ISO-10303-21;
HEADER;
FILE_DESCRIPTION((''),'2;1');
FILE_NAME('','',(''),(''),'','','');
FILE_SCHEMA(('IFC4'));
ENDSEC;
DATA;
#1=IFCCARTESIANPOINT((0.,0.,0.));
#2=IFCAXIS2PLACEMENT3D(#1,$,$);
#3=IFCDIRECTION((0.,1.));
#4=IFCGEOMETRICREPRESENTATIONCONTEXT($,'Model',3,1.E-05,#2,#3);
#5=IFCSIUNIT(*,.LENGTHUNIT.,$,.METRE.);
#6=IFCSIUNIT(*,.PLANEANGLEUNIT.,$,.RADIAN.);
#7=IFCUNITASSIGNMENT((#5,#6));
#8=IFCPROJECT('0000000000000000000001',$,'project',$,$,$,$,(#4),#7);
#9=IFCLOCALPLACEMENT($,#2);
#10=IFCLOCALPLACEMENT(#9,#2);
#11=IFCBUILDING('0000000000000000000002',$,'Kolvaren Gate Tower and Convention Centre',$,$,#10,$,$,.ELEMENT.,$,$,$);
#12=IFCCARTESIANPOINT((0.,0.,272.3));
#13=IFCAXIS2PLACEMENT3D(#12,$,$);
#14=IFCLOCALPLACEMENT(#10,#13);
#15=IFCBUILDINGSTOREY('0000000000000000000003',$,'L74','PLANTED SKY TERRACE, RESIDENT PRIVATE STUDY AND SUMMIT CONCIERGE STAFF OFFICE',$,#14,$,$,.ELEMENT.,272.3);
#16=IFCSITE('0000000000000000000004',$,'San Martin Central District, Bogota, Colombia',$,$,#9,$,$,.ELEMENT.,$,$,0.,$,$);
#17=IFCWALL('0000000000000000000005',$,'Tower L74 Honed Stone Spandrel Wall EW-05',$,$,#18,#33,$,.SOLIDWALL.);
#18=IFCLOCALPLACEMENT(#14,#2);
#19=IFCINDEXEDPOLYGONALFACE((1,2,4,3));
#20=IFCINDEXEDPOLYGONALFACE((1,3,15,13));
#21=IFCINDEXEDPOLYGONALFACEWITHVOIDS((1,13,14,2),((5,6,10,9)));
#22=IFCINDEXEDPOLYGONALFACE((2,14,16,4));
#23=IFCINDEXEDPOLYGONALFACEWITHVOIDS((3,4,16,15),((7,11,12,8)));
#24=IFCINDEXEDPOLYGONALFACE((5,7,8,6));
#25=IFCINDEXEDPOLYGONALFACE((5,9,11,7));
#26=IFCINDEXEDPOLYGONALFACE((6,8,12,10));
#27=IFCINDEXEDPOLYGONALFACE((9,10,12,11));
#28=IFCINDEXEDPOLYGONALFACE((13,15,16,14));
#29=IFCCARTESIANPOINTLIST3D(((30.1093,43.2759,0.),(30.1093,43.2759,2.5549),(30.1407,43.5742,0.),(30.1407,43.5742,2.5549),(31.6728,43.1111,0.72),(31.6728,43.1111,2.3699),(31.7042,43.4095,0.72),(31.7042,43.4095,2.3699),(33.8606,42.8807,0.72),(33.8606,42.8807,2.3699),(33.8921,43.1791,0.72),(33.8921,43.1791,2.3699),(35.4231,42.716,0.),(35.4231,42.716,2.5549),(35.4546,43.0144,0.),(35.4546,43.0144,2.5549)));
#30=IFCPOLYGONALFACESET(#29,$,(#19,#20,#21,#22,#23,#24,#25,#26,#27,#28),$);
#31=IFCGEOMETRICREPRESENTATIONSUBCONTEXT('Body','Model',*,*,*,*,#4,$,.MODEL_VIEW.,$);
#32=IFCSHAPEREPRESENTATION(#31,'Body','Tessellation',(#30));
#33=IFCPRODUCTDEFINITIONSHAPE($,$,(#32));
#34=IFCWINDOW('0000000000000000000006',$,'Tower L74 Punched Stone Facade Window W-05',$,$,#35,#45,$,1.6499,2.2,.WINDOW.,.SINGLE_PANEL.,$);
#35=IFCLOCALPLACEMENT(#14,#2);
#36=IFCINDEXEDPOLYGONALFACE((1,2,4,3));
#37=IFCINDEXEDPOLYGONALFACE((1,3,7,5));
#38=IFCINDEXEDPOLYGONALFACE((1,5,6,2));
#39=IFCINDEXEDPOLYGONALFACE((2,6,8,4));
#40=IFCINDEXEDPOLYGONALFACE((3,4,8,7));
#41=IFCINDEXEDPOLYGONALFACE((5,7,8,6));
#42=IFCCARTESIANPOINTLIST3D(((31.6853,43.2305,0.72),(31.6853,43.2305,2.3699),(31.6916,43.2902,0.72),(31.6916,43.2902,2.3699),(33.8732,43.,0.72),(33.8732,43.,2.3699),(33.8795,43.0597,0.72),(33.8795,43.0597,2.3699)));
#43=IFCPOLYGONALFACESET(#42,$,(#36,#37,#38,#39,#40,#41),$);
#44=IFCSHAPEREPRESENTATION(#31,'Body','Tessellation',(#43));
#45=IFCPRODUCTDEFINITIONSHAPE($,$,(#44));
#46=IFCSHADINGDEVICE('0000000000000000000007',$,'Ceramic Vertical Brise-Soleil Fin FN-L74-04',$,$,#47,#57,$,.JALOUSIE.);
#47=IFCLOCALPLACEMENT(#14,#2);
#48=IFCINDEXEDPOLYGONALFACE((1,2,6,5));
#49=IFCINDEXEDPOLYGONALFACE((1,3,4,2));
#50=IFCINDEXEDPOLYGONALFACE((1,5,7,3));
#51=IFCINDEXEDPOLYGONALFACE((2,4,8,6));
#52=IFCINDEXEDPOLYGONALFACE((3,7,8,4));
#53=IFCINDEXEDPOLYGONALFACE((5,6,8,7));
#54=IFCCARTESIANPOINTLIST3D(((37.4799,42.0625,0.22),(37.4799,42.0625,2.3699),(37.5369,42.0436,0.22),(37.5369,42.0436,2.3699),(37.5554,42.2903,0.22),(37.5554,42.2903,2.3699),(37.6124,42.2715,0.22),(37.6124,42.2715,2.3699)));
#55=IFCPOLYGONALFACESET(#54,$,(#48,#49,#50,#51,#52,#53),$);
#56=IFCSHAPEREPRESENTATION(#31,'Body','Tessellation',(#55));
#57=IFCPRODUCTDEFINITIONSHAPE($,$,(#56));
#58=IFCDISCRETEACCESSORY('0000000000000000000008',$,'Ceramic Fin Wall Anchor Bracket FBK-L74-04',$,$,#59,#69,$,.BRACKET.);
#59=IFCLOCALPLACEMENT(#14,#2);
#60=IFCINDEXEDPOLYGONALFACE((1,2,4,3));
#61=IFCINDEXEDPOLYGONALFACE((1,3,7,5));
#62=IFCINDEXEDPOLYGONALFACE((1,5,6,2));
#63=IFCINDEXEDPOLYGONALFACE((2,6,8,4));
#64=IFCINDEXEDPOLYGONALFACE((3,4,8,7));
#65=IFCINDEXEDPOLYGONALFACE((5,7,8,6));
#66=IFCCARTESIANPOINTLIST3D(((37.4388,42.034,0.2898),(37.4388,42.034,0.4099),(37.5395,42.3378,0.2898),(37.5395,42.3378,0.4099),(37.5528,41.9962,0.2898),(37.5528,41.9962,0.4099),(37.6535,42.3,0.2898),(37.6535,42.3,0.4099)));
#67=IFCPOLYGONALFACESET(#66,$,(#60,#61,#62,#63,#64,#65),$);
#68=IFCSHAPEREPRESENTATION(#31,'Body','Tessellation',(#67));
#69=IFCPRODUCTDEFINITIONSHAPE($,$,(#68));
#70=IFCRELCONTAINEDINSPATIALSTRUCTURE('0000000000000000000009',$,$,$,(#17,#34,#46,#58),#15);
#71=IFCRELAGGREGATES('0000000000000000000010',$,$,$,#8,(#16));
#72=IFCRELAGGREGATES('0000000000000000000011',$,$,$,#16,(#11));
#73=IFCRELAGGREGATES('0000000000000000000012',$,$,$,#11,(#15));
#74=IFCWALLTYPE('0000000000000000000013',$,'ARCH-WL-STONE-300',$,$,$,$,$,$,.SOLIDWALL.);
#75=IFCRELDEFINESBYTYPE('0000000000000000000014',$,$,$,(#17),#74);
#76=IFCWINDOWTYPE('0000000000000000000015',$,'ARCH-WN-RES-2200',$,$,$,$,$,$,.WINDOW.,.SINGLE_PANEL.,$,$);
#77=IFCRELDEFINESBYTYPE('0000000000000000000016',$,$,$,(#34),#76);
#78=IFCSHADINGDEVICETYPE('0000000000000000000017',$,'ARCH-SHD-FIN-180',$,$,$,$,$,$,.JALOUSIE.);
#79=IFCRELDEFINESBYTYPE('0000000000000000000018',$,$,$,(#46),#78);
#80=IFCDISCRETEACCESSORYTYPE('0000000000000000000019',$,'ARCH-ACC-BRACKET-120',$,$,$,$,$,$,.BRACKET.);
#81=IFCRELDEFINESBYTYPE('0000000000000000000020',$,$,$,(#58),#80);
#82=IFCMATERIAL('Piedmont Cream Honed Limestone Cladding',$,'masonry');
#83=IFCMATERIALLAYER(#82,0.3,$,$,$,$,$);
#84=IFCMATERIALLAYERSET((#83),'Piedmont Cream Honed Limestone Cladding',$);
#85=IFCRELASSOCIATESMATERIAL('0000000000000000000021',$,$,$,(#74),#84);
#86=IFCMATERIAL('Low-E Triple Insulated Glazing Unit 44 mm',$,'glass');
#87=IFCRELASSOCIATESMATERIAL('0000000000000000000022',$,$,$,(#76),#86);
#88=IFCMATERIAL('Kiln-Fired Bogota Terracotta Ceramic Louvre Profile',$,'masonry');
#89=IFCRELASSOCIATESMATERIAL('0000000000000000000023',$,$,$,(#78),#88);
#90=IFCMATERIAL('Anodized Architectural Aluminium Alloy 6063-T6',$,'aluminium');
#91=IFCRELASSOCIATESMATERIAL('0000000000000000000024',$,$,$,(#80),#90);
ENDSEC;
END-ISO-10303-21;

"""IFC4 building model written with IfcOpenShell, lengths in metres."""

from ifc_helpers import new_model, si_unit, direction, frame, frame_2d, origin, origin_2d, place, context, subcontext, project, spatial, rectangle, extrude, material, layer, layer_set, type_object, element, fill, save


model = new_model("IFC4")

# Units and contexts
model_context = context("Model", 3, precision=1e-05, world=origin(), true_north=direction((0.0, 1.0)))
body_context = subcontext(model_context, "Body", "Model", "MODEL_VIEW")
ifc_project = project(units=[si_unit("LENGTHUNIT", "METRE"), si_unit("PLANEANGLEUNIT", "RADIAN")], contexts=[model_context])

# Site, building, storey
site_placement = place(None, origin())
site = spatial("IfcSite", under=ifc_project, at=site_placement, Name="San Martin Central District, Bogota, Colombia", CompositionType="ELEMENT", RefElevation=0.0)
building_placement = place(site_placement, origin())
building = spatial("IfcBuilding", under=site, at=building_placement, Name="Kolvaren Gate Tower and Convention Centre", CompositionType="ELEMENT")
storey_placement = place(building_placement, frame((0.0, 0.0, 272.3)))
storey = spatial("IfcBuildingStorey", under=building, at=storey_placement, Name="L74", Description="PLANTED SKY TERRACE, RESIDENT PRIVATE STUDY AND SUMMIT CONCIERGE STAFF OFFICE", CompositionType="ELEMENT", Elevation=272.3)

# Shared definitions
ifc_material_1 = material(Name="Anodized Architectural Aluminium Alloy 6063-T6", Category="aluminium")

# Wall, opening, window
ifc_material_2 = material(Name="Piedmont Cream Honed Limestone Cladding", Category="masonry")
ifc_layer_1 = layer(ifc_material_2, 0.3)
ifc_layer_set_1 = layer_set([ifc_layer_1], Name="Piedmont Cream Honed Limestone Cladding")
wall_type_1 = type_object("IfcWallType", Name="ARCH-WL-STONE-300", PredefinedType="SOLIDWALL", material=ifc_layer_set_1)
ifc_material_3 = material(Name="Low-E Triple Insulated Glazing Unit 44 mm", Category="glass")
wall_1_placement = place(storey_placement, frame((30.125, 43.425, 0.0), z_axis=(0.0, 0.0, 1.0), x_axis=(0.994497, -0.104768, 0.0)))
wall_1 = element("IfcWall", 1, at=wall_1_placement, inside=storey, type_object=wall_type_1, Name="Tower L74 Honed Stone Spandrel Wall EW-05", PredefinedType="SOLIDWALL", context=body_context, shape_type="SweptSolid", body=[
    extrude(rectangle(XDim=5.3433, YDim=0.3, at=frame_2d((2.6716, 0.0))), origin(), (0.0, 0.0, 1.0), 2.5549),
])
opening_1_placement = place(wall_1_placement, frame((1.572, 0.0, 0.72)))
opening_1 = element("IfcOpeningElement", 2, at=opening_1_placement, cuts=wall_1, PredefinedType="OPENING", context=body_context, shape_type="SweptSolid", body=[
    extrude(rectangle(XDim=2.2, YDim=1.6499, at=frame_2d((1.1001, 0.825))), frame((0.0, 0.1599, 0.0), z_axis=(0.0, -1.0, 0.0), x_axis=(1.0, 0.0, 0.0)), (0.0, 0.0, 1.0), 0.3201),
])
window_type_1 = type_object("IfcWindowType", Name="ARCH-WN-RES-2200", PartitioningType="SINGLE_PANEL", PredefinedType="WINDOW", material=ifc_material_3)
window_1_placement = place(opening_1_placement, origin())
window_1 = element("IfcWindow", 3, at=window_1_placement, inside=storey, type_object=window_type_1, Name="Tower L74 Punched Stone Facade Window W-05", OverallHeight=1.6499, OverallWidth=2.2, PartitioningType="SINGLE_PANEL", PredefinedType="WINDOW", context=body_context, shape_type="SweptSolid", body=[
    extrude(rectangle(XDim=2.2, YDim=1.6499, at=frame_2d((1.1001, 0.825))), frame((0.0, 0.03, 0.0), z_axis=(0.0, -1.0, 0.0), x_axis=(1.0, 0.0, 0.0)), (0.0, 0.0, 1.0), 0.0601),
])
fill(opening_1, window_1)

# Shading device
ifc_material_4 = material(Name="Kiln-Fired Bogota Terracotta Ceramic Louvre Profile", Category="masonry")
shading_device_type = type_object("IfcShadingDeviceType", Name="ARCH-SHD-FIN-180", PredefinedType="JALOUSIE", material=ifc_material_4)
shading_device_placement = place(storey_placement, frame((37.5461, 42.167, 0.22), z_axis=(0.0, 0.0, 1.0), x_axis=(0.949243, -0.314543, 0.0)))
element("IfcShadingDevice", 4, at=shading_device_placement, inside=storey, type_object=shading_device_type, Name="Ceramic Vertical Brise-Soleil Fin FN-L74-04", PredefinedType="JALOUSIE", context=body_context, shape_type="SweptSolid", body=[
    extrude(rectangle(XDim=0.0601, YDim=0.24, at=origin_2d()), origin(), (0.0, 0.0, 1.0), 2.1499),
])

# Discrete accessory
discrete_accessory_type = type_object("IfcDiscreteAccessoryType", Name="ARCH-ACC-BRACKET-120", PredefinedType="BRACKET", material=ifc_material_1)
discrete_accessory_placement = place(storey_placement, frame((37.5461, 42.167, 0.2898), z_axis=(0.0, 0.0, 1.0), x_axis=(0.949243, -0.314543, 0.0)))
element("IfcDiscreteAccessory", 5, at=discrete_accessory_placement, inside=storey, type_object=discrete_accessory_type, Name="Ceramic Fin Wall Anchor Bracket FBK-L74-04", PredefinedType="BRACKET", context=body_context, shape_type="SweptSolid", body=[
    extrude(rectangle(XDim=0.1201, YDim=0.3201, at=origin_2d()), origin(), (0.0, 0.0, 1.0), 0.1201),
])

save(model, "model.ifc")
